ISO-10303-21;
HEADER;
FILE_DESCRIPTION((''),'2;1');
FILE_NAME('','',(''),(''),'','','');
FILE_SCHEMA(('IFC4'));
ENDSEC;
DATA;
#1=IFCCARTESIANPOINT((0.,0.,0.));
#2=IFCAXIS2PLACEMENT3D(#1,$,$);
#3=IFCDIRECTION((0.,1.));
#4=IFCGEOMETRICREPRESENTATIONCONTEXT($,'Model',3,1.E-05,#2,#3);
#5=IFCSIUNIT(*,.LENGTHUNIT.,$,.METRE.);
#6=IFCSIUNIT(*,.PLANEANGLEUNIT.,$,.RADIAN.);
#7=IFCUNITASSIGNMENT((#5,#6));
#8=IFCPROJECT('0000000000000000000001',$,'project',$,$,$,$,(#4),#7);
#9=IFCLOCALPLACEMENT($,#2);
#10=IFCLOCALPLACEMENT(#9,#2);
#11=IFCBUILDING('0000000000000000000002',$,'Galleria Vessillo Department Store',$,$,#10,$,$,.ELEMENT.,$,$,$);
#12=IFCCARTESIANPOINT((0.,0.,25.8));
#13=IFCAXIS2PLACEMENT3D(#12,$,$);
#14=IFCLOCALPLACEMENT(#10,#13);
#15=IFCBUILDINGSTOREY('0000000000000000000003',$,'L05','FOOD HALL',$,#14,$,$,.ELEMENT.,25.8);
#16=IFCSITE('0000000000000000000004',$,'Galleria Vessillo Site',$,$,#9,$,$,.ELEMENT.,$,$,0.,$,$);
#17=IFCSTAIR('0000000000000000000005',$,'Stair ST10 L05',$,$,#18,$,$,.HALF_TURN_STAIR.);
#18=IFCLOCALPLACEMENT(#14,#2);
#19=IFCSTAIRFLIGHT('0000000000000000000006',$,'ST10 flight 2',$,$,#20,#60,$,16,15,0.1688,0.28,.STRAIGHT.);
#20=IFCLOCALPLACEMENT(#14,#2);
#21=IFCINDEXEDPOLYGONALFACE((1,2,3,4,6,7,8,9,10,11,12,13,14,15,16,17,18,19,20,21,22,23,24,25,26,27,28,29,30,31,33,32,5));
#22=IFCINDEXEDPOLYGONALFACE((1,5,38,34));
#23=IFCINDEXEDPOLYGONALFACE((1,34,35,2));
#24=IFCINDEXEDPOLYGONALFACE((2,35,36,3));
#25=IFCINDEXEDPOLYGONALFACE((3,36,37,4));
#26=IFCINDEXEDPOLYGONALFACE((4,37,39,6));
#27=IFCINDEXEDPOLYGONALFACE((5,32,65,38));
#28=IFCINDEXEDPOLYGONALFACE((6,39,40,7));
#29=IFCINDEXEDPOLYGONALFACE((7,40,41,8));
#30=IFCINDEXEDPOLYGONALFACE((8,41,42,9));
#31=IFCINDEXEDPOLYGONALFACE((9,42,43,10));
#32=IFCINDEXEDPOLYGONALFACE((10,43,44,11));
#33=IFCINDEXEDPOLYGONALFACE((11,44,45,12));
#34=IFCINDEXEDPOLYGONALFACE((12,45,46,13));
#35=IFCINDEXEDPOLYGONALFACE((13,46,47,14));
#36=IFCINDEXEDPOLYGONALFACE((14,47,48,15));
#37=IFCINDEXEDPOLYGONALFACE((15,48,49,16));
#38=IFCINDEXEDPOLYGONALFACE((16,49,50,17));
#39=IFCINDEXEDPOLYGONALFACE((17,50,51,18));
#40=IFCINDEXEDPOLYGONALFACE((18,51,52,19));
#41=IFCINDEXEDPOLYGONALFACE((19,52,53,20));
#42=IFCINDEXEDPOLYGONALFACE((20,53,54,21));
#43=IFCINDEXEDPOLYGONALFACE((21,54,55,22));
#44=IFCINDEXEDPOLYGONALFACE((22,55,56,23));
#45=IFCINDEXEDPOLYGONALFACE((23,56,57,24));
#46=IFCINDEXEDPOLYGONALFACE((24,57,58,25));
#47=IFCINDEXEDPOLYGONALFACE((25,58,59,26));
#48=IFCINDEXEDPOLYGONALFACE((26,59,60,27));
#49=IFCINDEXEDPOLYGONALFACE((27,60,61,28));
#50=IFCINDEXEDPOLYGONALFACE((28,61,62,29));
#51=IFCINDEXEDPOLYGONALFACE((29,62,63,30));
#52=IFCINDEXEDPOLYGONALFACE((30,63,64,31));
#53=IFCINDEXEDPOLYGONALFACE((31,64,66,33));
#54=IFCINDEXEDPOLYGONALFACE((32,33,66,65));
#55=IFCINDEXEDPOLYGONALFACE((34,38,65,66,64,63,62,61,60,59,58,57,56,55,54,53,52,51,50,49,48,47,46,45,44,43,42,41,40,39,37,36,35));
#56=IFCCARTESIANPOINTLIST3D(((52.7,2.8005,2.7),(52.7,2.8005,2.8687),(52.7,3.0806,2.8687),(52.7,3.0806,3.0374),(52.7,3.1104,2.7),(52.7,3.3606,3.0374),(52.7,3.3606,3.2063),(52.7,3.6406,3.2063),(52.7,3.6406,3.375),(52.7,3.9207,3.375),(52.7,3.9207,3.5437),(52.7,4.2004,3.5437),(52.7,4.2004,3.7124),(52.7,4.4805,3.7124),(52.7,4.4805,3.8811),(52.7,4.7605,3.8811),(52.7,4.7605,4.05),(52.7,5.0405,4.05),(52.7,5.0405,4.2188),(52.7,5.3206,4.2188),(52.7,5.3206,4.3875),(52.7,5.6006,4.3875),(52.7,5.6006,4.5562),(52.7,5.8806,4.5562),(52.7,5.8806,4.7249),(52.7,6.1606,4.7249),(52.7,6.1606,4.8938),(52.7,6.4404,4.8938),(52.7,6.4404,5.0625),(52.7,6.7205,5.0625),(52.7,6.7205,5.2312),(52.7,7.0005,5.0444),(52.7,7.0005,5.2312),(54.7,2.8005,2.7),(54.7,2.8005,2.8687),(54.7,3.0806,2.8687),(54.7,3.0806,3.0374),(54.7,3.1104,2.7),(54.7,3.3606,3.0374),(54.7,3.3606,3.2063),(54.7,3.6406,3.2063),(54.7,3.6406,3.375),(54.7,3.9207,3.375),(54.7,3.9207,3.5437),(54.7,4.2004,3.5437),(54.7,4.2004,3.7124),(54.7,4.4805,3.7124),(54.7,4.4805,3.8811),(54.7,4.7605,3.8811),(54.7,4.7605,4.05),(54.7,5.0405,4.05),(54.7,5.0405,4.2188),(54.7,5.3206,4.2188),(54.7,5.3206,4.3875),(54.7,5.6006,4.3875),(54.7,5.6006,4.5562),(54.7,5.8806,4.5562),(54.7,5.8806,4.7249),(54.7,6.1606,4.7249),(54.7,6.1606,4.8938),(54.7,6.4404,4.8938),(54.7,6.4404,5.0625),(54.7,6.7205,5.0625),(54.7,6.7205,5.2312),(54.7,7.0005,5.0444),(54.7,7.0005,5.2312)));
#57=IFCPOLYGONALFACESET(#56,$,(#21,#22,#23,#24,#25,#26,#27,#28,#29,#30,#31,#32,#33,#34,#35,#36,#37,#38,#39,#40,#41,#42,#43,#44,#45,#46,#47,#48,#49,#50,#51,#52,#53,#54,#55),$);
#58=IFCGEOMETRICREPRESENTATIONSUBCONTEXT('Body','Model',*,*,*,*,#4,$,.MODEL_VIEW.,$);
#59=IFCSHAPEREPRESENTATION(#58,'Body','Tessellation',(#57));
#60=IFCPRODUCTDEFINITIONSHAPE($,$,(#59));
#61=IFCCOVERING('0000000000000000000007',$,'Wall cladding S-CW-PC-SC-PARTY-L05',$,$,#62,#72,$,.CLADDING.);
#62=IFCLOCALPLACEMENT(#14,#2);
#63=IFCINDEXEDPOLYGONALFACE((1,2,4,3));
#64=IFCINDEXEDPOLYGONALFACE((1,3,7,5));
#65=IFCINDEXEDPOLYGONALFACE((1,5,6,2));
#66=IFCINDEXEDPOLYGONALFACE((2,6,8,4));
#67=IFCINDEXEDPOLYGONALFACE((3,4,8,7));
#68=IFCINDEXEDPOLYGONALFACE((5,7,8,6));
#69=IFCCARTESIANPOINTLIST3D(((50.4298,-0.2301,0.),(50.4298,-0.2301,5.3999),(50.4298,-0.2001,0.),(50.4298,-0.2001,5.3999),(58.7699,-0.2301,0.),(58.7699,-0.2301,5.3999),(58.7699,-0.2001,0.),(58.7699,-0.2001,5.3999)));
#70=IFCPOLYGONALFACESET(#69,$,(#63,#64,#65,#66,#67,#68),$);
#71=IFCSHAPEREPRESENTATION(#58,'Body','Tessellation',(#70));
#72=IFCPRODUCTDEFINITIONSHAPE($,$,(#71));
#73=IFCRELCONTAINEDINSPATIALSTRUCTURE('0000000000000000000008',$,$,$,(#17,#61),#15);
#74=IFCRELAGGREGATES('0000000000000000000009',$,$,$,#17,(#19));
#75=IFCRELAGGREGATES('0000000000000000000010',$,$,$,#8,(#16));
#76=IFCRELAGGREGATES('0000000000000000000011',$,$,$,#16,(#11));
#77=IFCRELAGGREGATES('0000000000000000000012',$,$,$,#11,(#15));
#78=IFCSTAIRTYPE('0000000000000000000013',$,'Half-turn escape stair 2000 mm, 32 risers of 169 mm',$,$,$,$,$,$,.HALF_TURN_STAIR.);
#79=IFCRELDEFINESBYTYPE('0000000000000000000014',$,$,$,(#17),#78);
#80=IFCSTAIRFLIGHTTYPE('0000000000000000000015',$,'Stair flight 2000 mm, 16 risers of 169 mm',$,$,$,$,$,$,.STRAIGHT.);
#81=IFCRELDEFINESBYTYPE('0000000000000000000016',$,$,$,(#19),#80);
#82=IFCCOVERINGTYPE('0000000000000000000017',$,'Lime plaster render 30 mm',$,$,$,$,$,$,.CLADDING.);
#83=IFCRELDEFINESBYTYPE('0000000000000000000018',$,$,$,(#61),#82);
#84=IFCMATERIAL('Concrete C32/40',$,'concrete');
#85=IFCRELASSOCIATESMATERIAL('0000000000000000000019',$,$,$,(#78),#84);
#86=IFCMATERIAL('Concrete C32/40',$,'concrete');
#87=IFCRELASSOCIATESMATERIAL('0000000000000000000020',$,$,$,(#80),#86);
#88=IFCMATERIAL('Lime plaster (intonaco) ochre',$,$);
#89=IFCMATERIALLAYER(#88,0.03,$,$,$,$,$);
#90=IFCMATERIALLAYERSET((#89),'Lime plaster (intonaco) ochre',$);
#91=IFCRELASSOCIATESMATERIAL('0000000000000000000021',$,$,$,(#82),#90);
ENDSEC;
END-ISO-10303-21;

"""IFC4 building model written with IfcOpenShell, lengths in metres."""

from ifc_helpers import new_model, si_unit, direction, frame, origin, origin_2d, place, context, subcontext, project, spatial, polyline, rectangle, outline, extrude, material, layer, layer_set, type_object, element, aggregate, save


model = new_model("IFC4")

# Units and contexts
model_context = context("Model", 3, precision=1e-05, world=origin(), true_north=direction((0.0, 1.0)))
body_context = subcontext(model_context, "Body", "Model", "MODEL_VIEW")
ifc_project = project(units=[si_unit("LENGTHUNIT", "METRE"), si_unit("PLANEANGLEUNIT", "RADIAN")], contexts=[model_context])

# Site, building, storey
site_placement = place(None, origin())
site = spatial("IfcSite", under=ifc_project, at=site_placement, Name="Galleria Vessillo Site", CompositionType="ELEMENT", RefElevation=0.0)
building_placement = place(site_placement, origin())
building = spatial("IfcBuilding", under=site, at=building_placement, Name="Galleria Vessillo Department Store", CompositionType="ELEMENT")
storey_placement = place(building_placement, frame((0.0, 0.0, 25.8)))
storey = spatial("IfcBuildingStorey", under=building, at=storey_placement, Name="L05", Description="FOOD HALL", CompositionType="ELEMENT", Elevation=25.8)

# Stair, stair flight
ifc_material_1 = material(Name="Concrete C32/40", Category="concrete")
stair_type = type_object("IfcStairType", Name="Half-turn escape stair 2000 mm, 32 risers of 169 mm", PredefinedType="HALF_TURN_STAIR", material=ifc_material_1)
stair_placement = place(storey_placement, origin())
stair = element("IfcStair", 1, at=stair_placement, inside=storey, type_object=stair_type, Name="Stair ST10 L05", PredefinedType="HALF_TURN_STAIR")
ifc_material_2 = material(Name="Concrete C32/40", Category="concrete")
stair_flight_type = type_object("IfcStairFlightType", Name="Stair flight 2000 mm, 16 risers of 169 mm", PredefinedType="STRAIGHT", material=ifc_material_2)
stair_flight_1_placement = place(storey_placement, frame((53.7, 2.8005, 2.7), z_axis=(0.0, 0.0, 1.0), x_axis=(0.0, 1.0, 0.0)))
stair_flight_1 = element("IfcStairFlight", 2, at=stair_flight_1_placement, type_object=stair_flight_type, Name="ST10 flight 2", NumberOfRisers=16, NumberOfTreads=15, PredefinedType="STRAIGHT", RiserHeight=0.1688, TreadLength=0.28, context=body_context, shape_type="SweptSolid", body=[
    extrude(outline(polyline([(0.0, 0.0), (0.0, 0.1687), (0.28, 0.1687), (0.28, 0.3374), (0.5601, 0.3374), (0.5601, 0.5063), (0.8401, 0.5063), (0.8401, 0.675), (1.1201, 0.675), (1.1201, 0.8438), (1.3999, 0.8438), (1.3999, 1.0125), (1.6799, 1.0125), (1.6799, 1.1812), (1.96, 1.1812), (1.96, 1.3501), (2.24, 1.3501), (2.24, 1.5188), (2.52, 1.5188), (2.52, 1.6875), (2.8, 1.6875), (2.8, 1.8562), (3.0801, 1.8562), (3.0801, 2.0249), (3.3601, 2.0249), (3.3601, 2.1938), (3.6399, 2.1938), (3.6399, 2.3625), (3.9199, 2.3625), (3.9199, 2.5312), (4.2, 2.5312), (4.2, 2.7), (4.2, 2.3445), (0.3098, 0.0), (0.0, 0.0)])), frame((0.0, 1.0, 0.0), z_axis=(0.0, -1.0, 0.0), x_axis=(1.0, 0.0, 0.0)), (0.0, 0.0, 1.0), 2.0),
])
aggregate(stair, [stair_flight_1])

# Covering
ifc_material_3 = material(Name="Lime plaster (intonaco) ochre")
ifc_layer_1 = layer(ifc_material_3, 0.03)
ifc_layer_set_1 = layer_set([ifc_layer_1], Name="Lime plaster (intonaco) ochre")
covering_type = type_object("IfcCoveringType", Name="Lime plaster render 30 mm", PredefinedType="CLADDING", material=ifc_layer_set_1)
covering_placement = place(storey_placement, frame((54.5999, -0.2151, 0.0), z_axis=(0.0, 0.0, 1.0), x_axis=(1.0, 0.0, 0.0)))
element("IfcCovering", 3, at=covering_placement, inside=storey, type_object=covering_type, Name="Wall cladding S-CW-PC-SC-PARTY-L05", PredefinedType="CLADDING", context=body_context, shape_type="SweptSolid", body=[
    extrude(rectangle(XDim=8.3401, YDim=0.03, at=origin_2d()), origin(), (0.0, 0.0, 1.0), 5.3999),
])

save(model, "model.ifc")
